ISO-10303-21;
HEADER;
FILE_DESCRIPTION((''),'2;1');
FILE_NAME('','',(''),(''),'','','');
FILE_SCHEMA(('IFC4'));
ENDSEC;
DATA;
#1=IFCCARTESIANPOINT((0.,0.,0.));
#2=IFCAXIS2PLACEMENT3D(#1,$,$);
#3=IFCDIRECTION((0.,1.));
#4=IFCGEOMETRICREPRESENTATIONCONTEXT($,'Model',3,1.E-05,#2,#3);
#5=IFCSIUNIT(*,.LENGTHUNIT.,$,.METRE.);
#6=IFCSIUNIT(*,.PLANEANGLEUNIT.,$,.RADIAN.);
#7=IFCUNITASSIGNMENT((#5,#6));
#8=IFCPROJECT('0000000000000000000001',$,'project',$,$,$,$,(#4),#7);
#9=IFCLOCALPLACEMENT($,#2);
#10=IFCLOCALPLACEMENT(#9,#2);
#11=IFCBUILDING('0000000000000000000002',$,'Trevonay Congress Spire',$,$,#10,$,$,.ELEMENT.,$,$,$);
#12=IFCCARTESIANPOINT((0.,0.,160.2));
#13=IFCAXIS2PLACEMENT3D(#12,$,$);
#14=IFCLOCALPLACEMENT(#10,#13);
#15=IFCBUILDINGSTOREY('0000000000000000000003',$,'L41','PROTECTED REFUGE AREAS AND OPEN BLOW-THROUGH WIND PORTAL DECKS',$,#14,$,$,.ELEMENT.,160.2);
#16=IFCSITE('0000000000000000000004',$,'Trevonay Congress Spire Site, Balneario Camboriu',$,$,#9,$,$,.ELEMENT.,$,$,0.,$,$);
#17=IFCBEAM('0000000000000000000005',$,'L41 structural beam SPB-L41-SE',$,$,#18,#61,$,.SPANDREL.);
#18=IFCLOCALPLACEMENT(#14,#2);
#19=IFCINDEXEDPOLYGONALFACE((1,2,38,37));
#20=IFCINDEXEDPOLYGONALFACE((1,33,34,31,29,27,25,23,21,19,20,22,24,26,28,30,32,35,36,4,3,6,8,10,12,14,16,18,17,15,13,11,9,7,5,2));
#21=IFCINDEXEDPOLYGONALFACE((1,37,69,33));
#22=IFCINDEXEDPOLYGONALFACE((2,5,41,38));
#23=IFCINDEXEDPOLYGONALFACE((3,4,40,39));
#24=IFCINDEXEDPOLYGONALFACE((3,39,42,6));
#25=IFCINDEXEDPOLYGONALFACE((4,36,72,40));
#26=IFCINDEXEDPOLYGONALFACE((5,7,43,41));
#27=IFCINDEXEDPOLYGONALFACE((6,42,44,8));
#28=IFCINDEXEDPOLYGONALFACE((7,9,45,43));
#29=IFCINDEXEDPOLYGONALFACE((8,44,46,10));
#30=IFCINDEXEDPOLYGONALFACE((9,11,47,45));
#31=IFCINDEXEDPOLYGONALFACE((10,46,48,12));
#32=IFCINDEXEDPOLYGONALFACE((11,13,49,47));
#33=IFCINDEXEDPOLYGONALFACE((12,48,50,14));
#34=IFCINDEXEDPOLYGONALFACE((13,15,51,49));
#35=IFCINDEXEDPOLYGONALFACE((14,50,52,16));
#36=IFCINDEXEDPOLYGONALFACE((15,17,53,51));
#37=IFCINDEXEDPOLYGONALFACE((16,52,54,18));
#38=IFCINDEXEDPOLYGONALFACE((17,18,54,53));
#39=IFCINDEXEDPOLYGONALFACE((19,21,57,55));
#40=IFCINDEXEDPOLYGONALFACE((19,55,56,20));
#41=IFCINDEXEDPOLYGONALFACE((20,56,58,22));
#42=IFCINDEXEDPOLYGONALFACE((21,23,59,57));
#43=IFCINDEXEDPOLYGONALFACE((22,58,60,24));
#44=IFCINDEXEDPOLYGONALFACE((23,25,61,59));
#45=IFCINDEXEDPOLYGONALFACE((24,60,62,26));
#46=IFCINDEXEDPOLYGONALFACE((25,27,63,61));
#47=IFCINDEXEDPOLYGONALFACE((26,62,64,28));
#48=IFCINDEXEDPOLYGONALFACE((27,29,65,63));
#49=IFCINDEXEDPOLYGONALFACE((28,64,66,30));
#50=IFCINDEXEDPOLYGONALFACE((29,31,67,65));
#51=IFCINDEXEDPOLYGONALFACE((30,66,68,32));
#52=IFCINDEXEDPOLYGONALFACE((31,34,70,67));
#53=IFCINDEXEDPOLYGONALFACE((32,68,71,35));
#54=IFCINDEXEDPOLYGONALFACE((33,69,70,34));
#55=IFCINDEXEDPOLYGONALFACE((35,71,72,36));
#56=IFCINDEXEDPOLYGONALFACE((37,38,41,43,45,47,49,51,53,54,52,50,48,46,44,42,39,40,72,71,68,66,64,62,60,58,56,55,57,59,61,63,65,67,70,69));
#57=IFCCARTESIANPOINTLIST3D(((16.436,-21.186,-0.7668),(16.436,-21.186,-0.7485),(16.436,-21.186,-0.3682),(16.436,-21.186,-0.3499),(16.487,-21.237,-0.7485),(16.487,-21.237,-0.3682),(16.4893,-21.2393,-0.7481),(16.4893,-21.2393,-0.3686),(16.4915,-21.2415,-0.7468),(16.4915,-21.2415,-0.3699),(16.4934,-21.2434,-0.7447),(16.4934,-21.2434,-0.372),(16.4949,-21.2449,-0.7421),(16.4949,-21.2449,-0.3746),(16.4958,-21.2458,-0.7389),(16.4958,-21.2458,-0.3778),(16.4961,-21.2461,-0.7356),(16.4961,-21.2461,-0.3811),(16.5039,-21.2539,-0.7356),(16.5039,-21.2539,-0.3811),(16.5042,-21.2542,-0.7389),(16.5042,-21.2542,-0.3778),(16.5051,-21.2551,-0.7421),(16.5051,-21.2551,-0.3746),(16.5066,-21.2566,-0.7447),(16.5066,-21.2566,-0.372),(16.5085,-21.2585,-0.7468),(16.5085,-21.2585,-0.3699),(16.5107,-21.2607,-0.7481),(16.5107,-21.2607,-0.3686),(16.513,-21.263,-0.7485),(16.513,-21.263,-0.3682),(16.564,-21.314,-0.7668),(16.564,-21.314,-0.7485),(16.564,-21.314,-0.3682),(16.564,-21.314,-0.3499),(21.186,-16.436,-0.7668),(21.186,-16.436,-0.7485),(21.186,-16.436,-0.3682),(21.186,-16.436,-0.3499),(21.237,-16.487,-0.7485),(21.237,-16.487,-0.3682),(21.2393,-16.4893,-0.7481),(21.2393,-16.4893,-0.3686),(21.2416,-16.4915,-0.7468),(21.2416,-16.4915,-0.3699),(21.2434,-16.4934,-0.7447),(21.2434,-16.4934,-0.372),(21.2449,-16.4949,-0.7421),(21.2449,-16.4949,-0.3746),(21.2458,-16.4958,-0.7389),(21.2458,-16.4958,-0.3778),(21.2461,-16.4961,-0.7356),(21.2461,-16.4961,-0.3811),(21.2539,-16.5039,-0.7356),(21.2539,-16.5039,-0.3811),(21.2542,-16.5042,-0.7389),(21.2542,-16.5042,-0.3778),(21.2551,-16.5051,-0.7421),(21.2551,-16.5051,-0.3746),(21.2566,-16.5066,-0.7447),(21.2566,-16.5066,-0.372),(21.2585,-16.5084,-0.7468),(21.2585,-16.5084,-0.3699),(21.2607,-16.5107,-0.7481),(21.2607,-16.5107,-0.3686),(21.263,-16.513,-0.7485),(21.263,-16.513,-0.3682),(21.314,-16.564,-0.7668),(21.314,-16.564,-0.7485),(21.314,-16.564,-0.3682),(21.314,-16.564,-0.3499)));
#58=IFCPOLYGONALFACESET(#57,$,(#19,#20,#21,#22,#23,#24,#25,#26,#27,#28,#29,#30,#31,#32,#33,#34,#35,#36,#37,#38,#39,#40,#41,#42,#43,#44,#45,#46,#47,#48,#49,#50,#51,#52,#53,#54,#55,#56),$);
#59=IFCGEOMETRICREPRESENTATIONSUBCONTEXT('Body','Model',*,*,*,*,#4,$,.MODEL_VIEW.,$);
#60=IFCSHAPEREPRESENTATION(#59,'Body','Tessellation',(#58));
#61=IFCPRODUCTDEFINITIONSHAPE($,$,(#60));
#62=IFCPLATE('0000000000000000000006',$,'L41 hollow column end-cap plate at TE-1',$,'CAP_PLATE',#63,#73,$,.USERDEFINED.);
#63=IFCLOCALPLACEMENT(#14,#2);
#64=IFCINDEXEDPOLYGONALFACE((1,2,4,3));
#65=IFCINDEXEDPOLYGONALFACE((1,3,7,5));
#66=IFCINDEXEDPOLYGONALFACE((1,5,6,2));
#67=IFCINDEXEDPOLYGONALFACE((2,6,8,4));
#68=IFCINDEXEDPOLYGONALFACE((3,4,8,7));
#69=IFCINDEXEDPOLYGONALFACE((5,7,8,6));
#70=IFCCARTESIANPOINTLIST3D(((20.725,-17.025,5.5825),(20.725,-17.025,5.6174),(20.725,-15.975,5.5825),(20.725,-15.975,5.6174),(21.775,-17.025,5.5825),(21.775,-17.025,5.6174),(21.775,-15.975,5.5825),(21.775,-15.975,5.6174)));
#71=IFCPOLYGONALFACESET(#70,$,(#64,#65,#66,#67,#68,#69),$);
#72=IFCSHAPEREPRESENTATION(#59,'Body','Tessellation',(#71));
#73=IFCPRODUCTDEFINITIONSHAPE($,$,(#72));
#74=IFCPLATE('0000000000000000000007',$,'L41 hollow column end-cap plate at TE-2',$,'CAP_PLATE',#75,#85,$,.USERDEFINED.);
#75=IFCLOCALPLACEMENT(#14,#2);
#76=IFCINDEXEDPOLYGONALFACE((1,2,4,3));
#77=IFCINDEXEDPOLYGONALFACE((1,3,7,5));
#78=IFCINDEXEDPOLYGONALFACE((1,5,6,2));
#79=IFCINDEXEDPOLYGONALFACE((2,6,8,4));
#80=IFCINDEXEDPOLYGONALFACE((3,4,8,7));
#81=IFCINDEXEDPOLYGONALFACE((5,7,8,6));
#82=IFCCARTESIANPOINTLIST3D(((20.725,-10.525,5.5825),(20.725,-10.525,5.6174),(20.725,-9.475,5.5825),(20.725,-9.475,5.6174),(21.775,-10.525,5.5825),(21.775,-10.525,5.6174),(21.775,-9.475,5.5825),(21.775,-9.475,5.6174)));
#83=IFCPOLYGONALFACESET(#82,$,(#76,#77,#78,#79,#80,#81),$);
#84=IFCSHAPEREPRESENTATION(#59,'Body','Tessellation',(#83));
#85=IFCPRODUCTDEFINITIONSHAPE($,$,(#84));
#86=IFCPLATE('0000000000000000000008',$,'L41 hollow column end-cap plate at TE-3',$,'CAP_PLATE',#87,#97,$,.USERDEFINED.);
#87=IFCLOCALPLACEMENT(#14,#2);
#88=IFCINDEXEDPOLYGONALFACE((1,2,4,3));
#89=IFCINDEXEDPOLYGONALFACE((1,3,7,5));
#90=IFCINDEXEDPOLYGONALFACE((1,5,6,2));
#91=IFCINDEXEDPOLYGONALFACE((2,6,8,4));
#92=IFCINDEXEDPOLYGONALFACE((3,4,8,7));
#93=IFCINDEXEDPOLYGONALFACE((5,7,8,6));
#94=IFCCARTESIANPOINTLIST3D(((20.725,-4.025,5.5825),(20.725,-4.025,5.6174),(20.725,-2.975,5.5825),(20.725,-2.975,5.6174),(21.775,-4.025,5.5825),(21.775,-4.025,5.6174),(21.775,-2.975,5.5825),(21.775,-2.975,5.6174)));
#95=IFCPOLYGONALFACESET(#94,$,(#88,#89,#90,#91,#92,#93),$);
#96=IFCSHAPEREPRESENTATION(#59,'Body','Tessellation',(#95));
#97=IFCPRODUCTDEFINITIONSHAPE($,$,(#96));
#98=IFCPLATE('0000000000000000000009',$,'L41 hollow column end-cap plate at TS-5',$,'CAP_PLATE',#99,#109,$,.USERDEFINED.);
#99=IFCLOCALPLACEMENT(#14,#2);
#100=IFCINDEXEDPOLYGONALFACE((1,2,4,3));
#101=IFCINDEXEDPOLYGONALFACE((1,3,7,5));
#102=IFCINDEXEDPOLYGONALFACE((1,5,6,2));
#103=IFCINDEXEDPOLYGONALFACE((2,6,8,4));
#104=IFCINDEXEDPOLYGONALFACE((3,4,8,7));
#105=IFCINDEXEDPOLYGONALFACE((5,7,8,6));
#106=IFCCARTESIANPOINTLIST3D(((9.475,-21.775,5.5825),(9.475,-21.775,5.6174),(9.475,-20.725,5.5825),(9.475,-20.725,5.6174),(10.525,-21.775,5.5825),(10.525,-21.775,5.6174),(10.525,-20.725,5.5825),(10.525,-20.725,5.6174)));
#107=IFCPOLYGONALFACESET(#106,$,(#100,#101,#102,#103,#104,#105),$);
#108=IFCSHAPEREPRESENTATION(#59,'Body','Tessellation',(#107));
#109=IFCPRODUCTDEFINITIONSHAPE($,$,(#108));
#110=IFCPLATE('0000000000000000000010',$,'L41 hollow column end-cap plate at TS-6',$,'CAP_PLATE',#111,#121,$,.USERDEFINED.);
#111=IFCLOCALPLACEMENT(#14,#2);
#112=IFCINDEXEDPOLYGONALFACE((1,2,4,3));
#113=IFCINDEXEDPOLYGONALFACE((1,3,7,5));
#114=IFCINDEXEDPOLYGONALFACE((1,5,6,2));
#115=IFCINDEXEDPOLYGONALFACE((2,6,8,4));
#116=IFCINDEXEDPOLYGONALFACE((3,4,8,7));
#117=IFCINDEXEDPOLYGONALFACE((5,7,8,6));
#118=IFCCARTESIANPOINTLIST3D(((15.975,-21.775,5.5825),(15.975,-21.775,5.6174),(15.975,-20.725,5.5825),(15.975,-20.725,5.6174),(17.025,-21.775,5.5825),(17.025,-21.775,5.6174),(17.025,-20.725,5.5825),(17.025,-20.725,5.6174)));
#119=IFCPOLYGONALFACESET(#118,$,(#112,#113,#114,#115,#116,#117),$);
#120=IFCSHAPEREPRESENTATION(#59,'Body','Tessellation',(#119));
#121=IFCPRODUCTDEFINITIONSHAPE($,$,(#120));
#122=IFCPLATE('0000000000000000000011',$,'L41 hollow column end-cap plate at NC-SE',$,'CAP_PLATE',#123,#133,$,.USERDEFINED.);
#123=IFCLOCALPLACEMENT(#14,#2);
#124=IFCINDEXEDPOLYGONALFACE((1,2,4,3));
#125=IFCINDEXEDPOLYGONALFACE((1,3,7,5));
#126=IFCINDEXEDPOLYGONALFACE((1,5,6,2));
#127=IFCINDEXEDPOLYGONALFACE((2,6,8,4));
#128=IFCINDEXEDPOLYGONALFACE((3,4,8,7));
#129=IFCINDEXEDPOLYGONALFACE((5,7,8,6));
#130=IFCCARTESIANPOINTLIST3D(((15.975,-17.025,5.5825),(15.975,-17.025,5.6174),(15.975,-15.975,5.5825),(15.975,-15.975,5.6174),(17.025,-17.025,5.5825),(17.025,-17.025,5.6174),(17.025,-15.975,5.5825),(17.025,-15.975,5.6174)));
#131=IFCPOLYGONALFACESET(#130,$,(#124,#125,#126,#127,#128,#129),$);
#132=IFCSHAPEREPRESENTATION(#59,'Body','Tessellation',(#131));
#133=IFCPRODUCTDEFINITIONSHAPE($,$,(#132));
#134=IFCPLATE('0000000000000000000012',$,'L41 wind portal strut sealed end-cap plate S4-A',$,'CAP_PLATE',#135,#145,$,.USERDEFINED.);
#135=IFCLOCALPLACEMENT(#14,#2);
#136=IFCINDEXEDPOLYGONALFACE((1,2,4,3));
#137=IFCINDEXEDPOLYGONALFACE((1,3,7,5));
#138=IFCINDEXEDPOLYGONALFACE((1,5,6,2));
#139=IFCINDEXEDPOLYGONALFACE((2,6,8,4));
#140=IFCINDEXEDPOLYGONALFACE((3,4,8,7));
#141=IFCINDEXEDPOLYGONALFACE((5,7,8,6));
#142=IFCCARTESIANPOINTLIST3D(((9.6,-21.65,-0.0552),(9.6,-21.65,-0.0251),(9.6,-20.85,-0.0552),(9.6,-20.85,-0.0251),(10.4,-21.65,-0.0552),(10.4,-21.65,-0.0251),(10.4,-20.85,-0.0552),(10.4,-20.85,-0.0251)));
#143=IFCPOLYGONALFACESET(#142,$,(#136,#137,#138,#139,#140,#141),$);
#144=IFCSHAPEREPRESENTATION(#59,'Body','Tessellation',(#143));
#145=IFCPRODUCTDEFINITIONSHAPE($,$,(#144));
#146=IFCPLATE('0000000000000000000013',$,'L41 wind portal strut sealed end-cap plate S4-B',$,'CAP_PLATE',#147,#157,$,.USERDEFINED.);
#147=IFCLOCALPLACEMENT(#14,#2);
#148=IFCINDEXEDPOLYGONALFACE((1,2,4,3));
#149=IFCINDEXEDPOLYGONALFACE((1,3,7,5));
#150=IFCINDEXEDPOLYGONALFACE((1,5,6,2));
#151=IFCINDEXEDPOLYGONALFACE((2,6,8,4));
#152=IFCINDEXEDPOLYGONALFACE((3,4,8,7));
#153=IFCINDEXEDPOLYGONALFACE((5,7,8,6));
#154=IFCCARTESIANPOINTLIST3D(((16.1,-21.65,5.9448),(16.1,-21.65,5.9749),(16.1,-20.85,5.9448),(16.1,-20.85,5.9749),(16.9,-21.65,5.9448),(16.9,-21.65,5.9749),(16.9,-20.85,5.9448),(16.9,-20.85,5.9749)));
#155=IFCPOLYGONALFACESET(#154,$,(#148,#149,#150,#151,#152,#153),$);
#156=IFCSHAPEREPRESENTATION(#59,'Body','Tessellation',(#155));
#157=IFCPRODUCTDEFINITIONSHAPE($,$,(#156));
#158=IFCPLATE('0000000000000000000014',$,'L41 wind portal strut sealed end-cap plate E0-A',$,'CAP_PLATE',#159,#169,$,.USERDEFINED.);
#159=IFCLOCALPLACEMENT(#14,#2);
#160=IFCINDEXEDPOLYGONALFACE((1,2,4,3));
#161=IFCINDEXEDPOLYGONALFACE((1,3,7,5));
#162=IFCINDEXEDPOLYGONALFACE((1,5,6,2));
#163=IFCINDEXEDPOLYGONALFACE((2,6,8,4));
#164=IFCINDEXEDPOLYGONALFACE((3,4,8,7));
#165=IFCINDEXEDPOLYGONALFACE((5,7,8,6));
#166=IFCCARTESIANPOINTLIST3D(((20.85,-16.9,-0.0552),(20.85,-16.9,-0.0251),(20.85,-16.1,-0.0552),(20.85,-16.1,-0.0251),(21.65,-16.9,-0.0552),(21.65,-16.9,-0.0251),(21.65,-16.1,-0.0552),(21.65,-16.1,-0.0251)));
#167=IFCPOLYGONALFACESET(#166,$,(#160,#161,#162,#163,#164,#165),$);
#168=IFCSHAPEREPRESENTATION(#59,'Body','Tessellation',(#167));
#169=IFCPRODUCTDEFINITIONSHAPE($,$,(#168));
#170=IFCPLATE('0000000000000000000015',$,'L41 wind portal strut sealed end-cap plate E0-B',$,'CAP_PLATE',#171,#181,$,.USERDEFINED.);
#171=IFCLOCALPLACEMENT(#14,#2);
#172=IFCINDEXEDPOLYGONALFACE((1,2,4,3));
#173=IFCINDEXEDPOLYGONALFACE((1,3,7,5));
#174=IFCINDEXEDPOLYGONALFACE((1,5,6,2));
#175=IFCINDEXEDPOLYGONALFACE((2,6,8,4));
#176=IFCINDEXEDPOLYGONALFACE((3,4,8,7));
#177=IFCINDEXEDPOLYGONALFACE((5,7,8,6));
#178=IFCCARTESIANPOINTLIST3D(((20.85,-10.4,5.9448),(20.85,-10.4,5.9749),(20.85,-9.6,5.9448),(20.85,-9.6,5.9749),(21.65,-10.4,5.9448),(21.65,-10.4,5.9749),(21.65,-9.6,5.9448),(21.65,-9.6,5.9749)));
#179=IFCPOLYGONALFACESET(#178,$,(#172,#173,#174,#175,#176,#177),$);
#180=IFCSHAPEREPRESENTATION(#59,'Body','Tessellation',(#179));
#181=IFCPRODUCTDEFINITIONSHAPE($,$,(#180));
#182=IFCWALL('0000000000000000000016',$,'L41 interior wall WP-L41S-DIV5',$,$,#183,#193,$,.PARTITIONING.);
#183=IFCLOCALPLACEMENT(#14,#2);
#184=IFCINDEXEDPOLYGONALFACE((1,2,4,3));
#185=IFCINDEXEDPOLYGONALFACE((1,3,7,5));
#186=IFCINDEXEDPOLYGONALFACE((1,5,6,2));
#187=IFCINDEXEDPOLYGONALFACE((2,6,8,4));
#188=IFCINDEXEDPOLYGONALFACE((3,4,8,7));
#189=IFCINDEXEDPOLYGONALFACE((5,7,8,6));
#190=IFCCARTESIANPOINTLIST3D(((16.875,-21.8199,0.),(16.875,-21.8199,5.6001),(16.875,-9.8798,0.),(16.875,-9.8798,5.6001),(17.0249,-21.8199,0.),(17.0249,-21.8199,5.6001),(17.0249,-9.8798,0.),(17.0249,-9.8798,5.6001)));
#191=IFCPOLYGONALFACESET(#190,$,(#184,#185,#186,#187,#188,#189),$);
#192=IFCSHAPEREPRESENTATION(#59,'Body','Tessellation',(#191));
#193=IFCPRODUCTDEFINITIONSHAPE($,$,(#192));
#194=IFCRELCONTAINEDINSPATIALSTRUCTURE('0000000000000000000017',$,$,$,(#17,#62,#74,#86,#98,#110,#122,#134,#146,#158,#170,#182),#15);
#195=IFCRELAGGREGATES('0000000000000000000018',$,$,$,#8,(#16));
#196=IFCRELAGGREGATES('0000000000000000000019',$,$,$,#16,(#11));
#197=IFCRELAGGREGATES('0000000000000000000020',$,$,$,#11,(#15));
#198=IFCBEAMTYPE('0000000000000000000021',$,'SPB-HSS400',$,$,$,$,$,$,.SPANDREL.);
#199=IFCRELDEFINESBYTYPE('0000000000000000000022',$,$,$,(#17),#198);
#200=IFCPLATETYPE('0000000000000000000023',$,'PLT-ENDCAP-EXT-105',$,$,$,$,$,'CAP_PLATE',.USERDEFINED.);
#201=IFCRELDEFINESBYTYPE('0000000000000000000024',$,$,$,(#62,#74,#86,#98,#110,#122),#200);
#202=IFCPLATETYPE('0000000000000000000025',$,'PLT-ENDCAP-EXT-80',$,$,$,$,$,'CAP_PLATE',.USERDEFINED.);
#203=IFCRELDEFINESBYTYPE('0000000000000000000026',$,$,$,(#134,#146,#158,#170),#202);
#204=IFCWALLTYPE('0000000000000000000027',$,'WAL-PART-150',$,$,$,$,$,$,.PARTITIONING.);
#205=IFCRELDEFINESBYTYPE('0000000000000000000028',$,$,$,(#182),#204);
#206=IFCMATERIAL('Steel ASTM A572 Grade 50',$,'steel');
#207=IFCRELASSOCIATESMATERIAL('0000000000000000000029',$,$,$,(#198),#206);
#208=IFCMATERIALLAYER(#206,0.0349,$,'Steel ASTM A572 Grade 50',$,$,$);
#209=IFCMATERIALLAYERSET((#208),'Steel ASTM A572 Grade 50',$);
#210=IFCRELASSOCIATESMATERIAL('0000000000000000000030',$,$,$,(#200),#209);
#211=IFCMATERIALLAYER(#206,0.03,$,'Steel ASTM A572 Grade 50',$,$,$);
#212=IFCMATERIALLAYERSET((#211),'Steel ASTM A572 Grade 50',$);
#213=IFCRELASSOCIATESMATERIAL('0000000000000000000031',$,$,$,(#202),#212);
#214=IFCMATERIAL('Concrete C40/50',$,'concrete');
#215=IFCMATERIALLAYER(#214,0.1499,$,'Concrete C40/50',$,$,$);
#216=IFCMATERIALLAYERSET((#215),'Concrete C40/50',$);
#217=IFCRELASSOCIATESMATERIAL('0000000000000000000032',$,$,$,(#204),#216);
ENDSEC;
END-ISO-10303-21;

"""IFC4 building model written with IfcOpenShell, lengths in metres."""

from ifc_helpers import new_model, si_unit, direction, frame, frame_2d, origin, origin_2d, place, context, subcontext, project, spatial, rectangle, i_section, extrude, material, layer, layer_set, material_profile, profile_set, type_object, element, save


model = new_model("IFC4")

# Units and contexts
model_context = context("Model", 3, precision=1e-05, world=origin(), true_north=direction((0.0, 1.0)))
body_context = subcontext(model_context, "Body", "Model", "MODEL_VIEW")
ifc_project = project(units=[si_unit("LENGTHUNIT", "METRE"), si_unit("PLANEANGLEUNIT", "RADIAN")], contexts=[model_context])

# Site, building, storey
site_placement = place(None, origin())
site = spatial("IfcSite", under=ifc_project, at=site_placement, Name="Trevonay Congress Spire Site, Balneario Camboriu", CompositionType="ELEMENT", RefElevation=0.0)
building_placement = place(site_placement, origin())
building = spatial("IfcBuilding", under=site, at=building_placement, Name="Trevonay Congress Spire", CompositionType="ELEMENT")
storey_placement = place(building_placement, frame((0.0, 0.0, 160.2)))
storey = spatial("IfcBuildingStorey", under=building, at=storey_placement, Name="L41", Description="PROTECTED REFUGE AREAS AND OPEN BLOW-THROUGH WIND PORTAL DECKS", CompositionType="ELEMENT", Elevation=160.2)

# Shared definitions
ifc_material_1 = material(Name="Steel ASTM A572 Grade 50", Category="steel")

# Beam
ifc_material_profile_1 = material_profile(ifc_material_1, i_section(OverallWidth=0.1809, OverallDepth=0.417, WebThickness=0.011, FlangeThickness=0.0183, FilletRadius=0.0129, at=origin_2d()), Name="W410x85")
ifc_profile_set_1 = profile_set([ifc_material_profile_1], Name="Steel ASTM A572 Grade 50")
beam_type_1 = type_object("IfcBeamType", Name="SPB-HSS400", PredefinedType="SPANDREL", material=ifc_profile_set_1)
beam_1_placement = place(storey_placement, frame((16.5, -21.25, -0.5583), z_axis=(0.707107, 0.707107, 0.0), x_axis=(-0.707107, 0.707107, 0.0)))
element("IfcBeam", 1, at=beam_1_placement, inside=storey, type_object=beam_type_1, Name="L41 structural beam SPB-L41-SE", PredefinedType="SPANDREL", context=body_context, shape_type="SweptSolid", body=[
    extrude(i_section(OverallWidth=0.1809, OverallDepth=0.417, WebThickness=0.011, FlangeThickness=0.0183, FilletRadius=0.0129, at=origin_2d()), origin(), (0.0, 0.0, 1.0), 6.7175),
])

# Plates
ifc_layer_1 = layer(ifc_material_1, 0.0349, Name="Steel ASTM A572 Grade 50")
ifc_layer_set_1 = layer_set([ifc_layer_1], Name="Steel ASTM A572 Grade 50")
plate_type_1 = type_object("IfcPlateType", Name="PLT-ENDCAP-EXT-105", ElementType="CAP_PLATE", PredefinedType="USERDEFINED", material=ifc_layer_set_1)
for number, where, z_axis, x_axis, name in (
    (2, (21.25, -16.5, 5.5825), (0.0, 0.0, 1.0), (1.0, 0.0, 0.0), "L41 hollow column end-cap plate at TE-1"),
    (3, (21.25, -10.0, 5.5825), (0.0, 0.0, 1.0), (1.0, 0.0, 0.0), "L41 hollow column end-cap plate at TE-2"),
    (4, (21.25, -3.5, 5.5825), (0.0, 0.0, 1.0), (1.0, 0.0, 0.0), "L41 hollow column end-cap plate at TE-3"),
    (5, (10.0, -21.25, 5.5825), (0.0, 0.0, 1.0), (1.0, 0.0, 0.0), "L41 hollow column end-cap plate at TS-5"),
    (6, (16.5, -21.25, 5.5825), (0.0, 0.0, 1.0), (1.0, 0.0, 0.0), "L41 hollow column end-cap plate at TS-6"),
    (7, (16.5, -16.5, 5.5825), (0.0, 0.0, 1.0), (1.0, 0.0, 0.0), "L41 hollow column end-cap plate at NC-SE"),
):
    element("IfcPlate", number, at=place(storey_placement, frame(where, z_axis=z_axis, x_axis=x_axis)), inside=storey, type_object=plate_type_1, Name=name, ObjectType="CAP_PLATE", PredefinedType="USERDEFINED", context=body_context, shape_type="SweptSolid", body=[
        extrude(rectangle(XDim=1.05, YDim=1.05, at=origin_2d()), origin(), (0.0, 0.0, 1.0), 0.0349),
    ])
ifc_layer_2 = layer(ifc_material_1, 0.03, Name="Steel ASTM A572 Grade 50")
ifc_layer_set_2 = layer_set([ifc_layer_2], Name="Steel ASTM A572 Grade 50")
plate_type_2 = type_object("IfcPlateType", Name="PLT-ENDCAP-EXT-80", ElementType="CAP_PLATE", PredefinedType="USERDEFINED", material=ifc_layer_set_2)
for number, where, z_axis, x_axis, name in (
    (8, (10.0, -21.25, -0.0552), (0.0, 0.0, 1.0), (1.0, 0.0, 0.0), "L41 wind portal strut sealed end-cap plate S4-A"),
    (9, (16.5, -21.25, 5.9448), (0.0, 0.0, 1.0), (1.0, 0.0, 0.0), "L41 wind portal strut sealed end-cap plate S4-B"),
    (10, (21.25, -16.5, -0.0552), (0.0, 0.0, 1.0), (1.0, 0.0, 0.0), "L41 wind portal strut sealed end-cap plate E0-A"),
    (11, (21.25, -10.0, 5.9448), (0.0, 0.0, 1.0), (1.0, 0.0, 0.0), "L41 wind portal strut sealed end-cap plate E0-B"),
):
    element("IfcPlate", number, at=place(storey_placement, frame(where, z_axis=z_axis, x_axis=x_axis)), inside=storey, type_object=plate_type_2, Name=name, ObjectType="CAP_PLATE", PredefinedType="USERDEFINED", context=body_context, shape_type="SweptSolid", body=[
        extrude(rectangle(XDim=0.8, YDim=0.8, at=origin_2d()), origin(), (0.0, 0.0, 1.0), 0.03),
    ])

# Wall
ifc_material_2 = material(Name="Concrete C40/50", Category="concrete")
ifc_layer_3 = layer(ifc_material_2, 0.1499, Name="Concrete C40/50")
ifc_layer_set_3 = layer_set([ifc_layer_3], Name="Concrete C40/50")
wall_type = type_object("IfcWallType", Name="WAL-PART-150", PredefinedType="PARTITIONING", material=ifc_layer_set_3)
wall_placement = place(storey_placement, frame((16.95, -21.8201, 0.0), z_axis=(0.0, 0.0, 1.0), x_axis=(0.0, 1.0, 0.0)))
element("IfcWall", 12, at=wall_placement, inside=storey, type_object=wall_type, Name="L41 interior wall WP-L41S-DIV5", PredefinedType="PARTITIONING", context=body_context, shape_type="SweptSolid", body=[
    extrude(rectangle(XDim=11.9402, YDim=0.1499, at=frame_2d((5.9702, 0.0))), origin(), (0.0, 0.0, 1.0), 5.6001),
])

save(model, "model.ifc")
